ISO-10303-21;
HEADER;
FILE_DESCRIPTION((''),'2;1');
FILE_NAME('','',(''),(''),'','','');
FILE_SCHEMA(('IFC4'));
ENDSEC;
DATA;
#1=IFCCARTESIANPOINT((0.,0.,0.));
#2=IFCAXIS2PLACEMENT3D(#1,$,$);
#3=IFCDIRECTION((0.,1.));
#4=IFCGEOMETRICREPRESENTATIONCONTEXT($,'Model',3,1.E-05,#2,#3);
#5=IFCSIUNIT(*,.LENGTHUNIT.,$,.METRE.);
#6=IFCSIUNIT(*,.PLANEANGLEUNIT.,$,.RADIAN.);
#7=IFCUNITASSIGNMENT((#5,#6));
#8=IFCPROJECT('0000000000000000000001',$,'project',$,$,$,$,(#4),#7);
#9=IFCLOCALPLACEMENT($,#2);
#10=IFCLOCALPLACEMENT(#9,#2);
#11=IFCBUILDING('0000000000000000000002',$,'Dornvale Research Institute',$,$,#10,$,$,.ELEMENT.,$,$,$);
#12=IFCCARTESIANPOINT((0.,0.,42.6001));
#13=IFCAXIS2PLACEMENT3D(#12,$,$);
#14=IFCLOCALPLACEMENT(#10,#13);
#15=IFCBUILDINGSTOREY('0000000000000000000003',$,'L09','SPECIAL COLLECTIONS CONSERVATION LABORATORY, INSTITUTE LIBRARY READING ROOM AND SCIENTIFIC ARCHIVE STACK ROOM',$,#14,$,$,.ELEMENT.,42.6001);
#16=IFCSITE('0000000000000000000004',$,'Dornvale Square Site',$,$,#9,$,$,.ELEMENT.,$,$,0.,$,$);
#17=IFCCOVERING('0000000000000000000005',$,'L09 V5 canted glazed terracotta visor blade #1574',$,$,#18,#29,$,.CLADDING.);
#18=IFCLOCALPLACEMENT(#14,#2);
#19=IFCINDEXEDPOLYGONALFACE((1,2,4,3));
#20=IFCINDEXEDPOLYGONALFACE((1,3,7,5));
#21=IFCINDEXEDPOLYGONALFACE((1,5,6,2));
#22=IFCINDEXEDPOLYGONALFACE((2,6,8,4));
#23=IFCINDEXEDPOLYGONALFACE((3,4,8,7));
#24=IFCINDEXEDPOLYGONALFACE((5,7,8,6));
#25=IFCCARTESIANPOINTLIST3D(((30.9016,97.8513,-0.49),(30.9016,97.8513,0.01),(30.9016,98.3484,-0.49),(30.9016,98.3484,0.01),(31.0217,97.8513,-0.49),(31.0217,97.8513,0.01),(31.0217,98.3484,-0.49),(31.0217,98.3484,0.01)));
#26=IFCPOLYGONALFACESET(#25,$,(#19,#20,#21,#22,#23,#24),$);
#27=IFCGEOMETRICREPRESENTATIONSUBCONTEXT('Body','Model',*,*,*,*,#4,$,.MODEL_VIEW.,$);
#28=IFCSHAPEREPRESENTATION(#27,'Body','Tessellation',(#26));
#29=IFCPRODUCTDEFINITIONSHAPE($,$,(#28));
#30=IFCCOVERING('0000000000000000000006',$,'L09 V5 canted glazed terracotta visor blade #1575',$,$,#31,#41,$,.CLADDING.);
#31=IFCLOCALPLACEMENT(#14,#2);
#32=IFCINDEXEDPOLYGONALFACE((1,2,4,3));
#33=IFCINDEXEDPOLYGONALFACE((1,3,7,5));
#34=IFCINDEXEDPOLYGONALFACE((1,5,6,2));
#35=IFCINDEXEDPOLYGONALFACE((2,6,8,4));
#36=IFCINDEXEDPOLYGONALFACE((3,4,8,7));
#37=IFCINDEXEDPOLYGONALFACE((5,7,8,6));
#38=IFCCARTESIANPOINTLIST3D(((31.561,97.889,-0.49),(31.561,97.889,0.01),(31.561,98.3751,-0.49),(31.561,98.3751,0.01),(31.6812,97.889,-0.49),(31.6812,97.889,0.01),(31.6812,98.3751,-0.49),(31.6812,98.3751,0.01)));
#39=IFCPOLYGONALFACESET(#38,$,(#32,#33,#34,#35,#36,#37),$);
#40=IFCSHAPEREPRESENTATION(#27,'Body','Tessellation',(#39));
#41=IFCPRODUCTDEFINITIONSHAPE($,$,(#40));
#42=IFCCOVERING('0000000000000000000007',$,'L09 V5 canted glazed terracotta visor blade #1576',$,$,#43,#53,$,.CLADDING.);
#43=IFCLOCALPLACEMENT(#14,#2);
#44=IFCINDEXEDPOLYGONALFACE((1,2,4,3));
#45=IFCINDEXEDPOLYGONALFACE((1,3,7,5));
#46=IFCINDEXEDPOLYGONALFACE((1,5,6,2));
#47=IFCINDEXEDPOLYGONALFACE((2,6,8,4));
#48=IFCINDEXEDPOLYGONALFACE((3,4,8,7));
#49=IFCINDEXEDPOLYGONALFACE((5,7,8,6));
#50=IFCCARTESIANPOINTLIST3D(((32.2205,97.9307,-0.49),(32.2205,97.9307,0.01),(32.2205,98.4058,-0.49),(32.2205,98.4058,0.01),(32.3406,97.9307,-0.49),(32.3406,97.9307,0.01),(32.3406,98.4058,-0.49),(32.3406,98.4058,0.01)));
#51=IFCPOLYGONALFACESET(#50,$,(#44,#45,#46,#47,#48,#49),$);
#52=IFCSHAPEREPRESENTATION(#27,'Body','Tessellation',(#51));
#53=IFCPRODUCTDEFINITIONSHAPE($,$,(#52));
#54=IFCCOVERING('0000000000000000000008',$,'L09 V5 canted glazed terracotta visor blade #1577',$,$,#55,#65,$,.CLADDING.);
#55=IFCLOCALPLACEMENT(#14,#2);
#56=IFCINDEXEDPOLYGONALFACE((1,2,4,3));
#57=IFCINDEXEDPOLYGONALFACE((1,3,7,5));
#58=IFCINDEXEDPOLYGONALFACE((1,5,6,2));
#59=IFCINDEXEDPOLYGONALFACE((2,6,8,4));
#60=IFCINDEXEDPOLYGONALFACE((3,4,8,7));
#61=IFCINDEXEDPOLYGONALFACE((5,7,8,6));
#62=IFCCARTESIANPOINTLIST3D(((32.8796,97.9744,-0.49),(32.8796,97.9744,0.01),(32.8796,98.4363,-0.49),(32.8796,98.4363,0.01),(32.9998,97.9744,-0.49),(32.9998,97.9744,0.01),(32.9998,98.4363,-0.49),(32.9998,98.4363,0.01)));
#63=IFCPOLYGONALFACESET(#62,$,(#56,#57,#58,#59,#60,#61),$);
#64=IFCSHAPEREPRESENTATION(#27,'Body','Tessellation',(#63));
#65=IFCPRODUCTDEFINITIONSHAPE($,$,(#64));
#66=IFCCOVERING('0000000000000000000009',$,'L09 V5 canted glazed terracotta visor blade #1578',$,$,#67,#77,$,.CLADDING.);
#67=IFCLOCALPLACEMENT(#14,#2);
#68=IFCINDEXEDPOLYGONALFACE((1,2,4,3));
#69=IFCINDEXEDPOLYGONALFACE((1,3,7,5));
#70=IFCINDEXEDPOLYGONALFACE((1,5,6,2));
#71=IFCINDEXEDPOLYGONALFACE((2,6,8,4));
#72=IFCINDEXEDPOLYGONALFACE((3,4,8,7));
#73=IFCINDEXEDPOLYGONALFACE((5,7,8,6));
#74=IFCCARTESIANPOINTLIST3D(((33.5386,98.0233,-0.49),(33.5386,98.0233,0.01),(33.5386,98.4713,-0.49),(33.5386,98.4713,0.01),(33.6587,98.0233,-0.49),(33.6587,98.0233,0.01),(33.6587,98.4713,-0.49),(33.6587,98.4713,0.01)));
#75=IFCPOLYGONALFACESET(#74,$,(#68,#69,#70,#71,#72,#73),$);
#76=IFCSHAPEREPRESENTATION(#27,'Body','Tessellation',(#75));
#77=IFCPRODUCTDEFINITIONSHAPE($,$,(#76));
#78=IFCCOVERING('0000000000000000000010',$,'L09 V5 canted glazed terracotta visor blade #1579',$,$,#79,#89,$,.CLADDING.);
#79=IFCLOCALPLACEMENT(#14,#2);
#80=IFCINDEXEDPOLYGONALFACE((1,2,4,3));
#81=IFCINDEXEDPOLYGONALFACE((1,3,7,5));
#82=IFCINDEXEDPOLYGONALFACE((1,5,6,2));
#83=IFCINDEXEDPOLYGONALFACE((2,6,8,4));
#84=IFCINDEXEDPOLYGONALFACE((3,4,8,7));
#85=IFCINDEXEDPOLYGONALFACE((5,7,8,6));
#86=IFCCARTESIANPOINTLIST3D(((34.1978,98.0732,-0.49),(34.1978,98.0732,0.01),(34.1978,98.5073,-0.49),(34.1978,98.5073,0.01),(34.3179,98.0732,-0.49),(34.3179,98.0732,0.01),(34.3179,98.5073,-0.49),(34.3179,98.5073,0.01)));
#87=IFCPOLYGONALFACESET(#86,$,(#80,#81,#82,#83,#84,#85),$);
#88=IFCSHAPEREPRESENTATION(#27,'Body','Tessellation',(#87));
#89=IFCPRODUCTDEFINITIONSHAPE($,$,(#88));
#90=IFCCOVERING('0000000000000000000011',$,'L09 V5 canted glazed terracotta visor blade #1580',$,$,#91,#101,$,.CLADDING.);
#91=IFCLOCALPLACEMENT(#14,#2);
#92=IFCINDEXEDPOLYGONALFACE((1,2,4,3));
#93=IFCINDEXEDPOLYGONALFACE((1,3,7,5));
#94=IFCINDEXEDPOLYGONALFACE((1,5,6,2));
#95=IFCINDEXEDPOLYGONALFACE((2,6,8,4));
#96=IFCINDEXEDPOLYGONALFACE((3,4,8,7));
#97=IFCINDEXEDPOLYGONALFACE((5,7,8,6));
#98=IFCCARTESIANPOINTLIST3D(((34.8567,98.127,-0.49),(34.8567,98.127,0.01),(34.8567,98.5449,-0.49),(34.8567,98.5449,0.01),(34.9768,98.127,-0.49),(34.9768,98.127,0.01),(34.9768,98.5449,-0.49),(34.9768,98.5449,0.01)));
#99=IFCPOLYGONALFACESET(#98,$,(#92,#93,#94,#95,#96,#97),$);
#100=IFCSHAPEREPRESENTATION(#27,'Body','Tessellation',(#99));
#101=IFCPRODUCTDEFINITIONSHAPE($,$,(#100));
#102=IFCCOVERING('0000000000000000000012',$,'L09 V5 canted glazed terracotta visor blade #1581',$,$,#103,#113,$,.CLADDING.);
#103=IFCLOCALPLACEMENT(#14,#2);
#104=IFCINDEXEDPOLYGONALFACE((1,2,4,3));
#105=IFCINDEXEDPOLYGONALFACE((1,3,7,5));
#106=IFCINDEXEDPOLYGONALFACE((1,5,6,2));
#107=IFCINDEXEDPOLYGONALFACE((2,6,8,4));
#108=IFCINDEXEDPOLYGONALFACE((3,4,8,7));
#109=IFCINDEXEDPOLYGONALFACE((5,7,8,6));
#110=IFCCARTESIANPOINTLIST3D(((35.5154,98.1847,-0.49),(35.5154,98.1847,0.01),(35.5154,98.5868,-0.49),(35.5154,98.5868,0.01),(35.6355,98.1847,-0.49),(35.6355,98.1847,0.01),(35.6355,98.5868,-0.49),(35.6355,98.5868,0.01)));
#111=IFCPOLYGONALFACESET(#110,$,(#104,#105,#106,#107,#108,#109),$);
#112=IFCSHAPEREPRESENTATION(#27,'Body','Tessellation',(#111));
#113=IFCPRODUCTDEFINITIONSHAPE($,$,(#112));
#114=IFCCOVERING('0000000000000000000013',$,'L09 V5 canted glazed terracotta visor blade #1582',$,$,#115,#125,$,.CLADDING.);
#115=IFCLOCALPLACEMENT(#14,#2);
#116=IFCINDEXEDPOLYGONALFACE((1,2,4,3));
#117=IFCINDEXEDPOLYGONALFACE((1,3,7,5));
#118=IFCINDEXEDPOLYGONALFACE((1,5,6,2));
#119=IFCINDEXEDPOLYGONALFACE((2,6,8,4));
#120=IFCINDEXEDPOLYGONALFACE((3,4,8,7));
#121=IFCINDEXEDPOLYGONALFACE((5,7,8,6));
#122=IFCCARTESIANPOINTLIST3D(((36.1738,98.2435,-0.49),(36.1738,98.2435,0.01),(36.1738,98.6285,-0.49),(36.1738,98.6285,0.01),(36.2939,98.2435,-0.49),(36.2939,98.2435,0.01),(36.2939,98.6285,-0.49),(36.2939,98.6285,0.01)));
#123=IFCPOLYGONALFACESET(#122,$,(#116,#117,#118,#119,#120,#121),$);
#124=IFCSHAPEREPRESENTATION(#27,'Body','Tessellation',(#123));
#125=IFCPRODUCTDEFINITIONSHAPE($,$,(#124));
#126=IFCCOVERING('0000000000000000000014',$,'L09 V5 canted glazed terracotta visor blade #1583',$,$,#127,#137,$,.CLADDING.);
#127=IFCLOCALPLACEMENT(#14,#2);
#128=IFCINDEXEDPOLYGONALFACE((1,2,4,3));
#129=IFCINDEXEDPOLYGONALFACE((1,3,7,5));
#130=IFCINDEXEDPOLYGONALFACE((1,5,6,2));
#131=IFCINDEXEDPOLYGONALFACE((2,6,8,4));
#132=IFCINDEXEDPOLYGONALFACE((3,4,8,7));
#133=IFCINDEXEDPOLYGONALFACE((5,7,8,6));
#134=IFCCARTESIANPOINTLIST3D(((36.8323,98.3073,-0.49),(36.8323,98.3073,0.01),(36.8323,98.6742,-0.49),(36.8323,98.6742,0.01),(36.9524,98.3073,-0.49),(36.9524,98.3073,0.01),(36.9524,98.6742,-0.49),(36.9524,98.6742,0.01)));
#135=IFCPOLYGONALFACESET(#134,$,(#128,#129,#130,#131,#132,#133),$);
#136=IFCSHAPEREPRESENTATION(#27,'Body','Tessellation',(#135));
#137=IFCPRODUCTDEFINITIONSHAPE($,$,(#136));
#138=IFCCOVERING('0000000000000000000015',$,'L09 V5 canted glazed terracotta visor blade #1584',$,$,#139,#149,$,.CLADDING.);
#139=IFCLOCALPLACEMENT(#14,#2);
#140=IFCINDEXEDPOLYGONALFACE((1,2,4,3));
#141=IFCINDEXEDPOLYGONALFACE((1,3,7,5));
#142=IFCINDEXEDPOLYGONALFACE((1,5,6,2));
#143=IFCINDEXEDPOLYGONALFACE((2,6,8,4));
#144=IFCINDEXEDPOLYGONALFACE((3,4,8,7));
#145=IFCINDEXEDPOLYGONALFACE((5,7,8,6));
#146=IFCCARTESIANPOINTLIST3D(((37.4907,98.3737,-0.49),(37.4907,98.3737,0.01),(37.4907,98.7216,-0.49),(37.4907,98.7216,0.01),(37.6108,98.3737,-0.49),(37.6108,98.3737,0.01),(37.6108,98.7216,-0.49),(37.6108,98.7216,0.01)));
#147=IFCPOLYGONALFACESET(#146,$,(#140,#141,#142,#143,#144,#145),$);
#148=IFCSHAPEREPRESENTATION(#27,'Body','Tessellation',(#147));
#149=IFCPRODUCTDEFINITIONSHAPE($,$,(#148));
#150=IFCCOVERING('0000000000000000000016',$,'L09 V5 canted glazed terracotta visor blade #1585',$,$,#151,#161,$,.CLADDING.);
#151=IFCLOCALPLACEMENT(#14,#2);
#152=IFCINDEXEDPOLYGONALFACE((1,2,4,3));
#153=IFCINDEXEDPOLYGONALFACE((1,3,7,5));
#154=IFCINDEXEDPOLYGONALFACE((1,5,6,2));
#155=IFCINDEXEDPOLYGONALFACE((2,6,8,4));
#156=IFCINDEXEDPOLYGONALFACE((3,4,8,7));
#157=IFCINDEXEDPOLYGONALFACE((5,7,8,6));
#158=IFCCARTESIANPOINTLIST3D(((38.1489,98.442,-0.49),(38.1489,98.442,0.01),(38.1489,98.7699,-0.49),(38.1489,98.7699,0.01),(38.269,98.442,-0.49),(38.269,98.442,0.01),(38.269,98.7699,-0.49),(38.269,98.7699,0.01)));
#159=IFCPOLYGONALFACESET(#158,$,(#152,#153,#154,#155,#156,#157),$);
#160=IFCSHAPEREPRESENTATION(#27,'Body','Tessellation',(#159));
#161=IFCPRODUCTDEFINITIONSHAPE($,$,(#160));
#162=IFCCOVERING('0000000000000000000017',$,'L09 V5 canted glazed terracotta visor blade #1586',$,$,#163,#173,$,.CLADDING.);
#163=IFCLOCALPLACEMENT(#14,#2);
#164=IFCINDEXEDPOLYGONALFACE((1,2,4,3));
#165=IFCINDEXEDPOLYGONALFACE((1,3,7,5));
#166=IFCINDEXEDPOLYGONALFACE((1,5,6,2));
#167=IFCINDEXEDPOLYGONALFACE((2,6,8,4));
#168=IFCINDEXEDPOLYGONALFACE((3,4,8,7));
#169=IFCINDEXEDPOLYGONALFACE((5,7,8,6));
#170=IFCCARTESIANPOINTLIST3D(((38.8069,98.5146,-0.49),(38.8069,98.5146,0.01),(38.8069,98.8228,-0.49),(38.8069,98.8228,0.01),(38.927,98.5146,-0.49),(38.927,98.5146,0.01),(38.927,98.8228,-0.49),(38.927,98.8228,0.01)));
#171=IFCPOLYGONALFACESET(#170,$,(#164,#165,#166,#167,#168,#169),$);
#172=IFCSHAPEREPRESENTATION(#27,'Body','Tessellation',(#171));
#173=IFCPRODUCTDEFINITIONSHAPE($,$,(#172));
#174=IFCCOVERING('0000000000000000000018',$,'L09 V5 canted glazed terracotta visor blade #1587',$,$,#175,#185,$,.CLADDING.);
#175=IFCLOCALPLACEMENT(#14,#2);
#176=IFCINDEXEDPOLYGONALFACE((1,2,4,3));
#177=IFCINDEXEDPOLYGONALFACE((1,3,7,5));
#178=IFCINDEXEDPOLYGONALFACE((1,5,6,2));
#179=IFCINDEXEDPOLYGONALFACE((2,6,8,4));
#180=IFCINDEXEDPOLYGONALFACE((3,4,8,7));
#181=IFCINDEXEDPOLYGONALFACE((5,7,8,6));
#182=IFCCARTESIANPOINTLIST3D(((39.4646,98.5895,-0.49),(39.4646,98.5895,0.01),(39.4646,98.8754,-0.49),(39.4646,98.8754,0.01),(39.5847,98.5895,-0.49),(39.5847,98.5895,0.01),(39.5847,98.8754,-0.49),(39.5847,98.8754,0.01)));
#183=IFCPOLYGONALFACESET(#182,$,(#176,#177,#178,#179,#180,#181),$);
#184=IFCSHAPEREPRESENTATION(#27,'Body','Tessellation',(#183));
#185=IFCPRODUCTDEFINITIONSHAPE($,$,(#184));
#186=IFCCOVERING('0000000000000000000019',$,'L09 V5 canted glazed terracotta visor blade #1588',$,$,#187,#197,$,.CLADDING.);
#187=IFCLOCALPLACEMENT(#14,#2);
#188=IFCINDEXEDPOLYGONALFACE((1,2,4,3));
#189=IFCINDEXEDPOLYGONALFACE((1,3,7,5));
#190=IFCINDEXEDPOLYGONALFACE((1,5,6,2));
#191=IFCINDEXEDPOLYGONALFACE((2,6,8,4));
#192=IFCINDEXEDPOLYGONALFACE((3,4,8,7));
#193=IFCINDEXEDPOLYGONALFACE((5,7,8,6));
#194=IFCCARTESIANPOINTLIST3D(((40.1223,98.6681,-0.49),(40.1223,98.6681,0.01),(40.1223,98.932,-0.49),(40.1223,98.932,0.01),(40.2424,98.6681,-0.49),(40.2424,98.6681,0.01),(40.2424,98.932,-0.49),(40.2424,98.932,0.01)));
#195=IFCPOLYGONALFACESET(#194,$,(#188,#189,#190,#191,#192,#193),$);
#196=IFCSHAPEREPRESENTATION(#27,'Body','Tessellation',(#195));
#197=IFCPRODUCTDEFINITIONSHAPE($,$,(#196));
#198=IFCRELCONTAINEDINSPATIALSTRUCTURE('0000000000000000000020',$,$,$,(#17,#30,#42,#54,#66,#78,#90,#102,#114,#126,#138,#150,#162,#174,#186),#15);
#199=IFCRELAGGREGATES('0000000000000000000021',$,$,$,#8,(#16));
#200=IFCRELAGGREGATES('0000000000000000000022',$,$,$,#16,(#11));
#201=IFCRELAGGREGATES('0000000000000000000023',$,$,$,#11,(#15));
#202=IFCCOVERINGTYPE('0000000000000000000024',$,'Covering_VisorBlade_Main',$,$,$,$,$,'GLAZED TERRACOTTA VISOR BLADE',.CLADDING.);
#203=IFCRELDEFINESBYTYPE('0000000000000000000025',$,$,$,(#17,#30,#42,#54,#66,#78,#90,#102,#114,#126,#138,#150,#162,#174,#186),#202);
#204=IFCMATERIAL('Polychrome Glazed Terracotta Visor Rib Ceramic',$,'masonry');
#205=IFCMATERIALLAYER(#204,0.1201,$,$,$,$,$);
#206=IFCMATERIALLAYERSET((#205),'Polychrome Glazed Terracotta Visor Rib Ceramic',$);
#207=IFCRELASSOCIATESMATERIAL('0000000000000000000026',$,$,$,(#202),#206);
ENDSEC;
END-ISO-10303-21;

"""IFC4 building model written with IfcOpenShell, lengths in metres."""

from ifc_helpers import new_model, si_unit, direction, frame, origin, origin_2d, place, context, subcontext, project, spatial, rectangle, extrude, material, layer, layer_set, type_object, element, save


model = new_model("IFC4")

# Units and contexts
model_context = context("Model", 3, precision=1e-05, world=origin(), true_north=direction((0.0, 1.0)))
body_context = subcontext(model_context, "Body", "Model", "MODEL_VIEW")
ifc_project = project(units=[si_unit("LENGTHUNIT", "METRE"), si_unit("PLANEANGLEUNIT", "RADIAN")], contexts=[model_context])

# Site, building, storey
site_placement = place(None, origin())
site = spatial("IfcSite", under=ifc_project, at=site_placement, Name="Dornvale Square Site", CompositionType="ELEMENT", RefElevation=0.0)
building_placement = place(site_placement, origin())
building = spatial("IfcBuilding", under=site, at=building_placement, Name="Dornvale Research Institute", CompositionType="ELEMENT")
storey_placement = place(building_placement, frame((0.0, 0.0, 42.6001)))
storey = spatial("IfcBuildingStorey", under=building, at=storey_placement, Name="L09", Description="SPECIAL COLLECTIONS CONSERVATION LABORATORY, INSTITUTE LIBRARY READING ROOM AND SCIENTIFIC ARCHIVE STACK ROOM", CompositionType="ELEMENT", Elevation=42.6001)

# Coverings
ifc_material = material(Name="Polychrome Glazed Terracotta Visor Rib Ceramic", Category="masonry")
ifc_layer = layer(ifc_material, 0.1201)
ifc_layer_set = layer_set([ifc_layer], Name="Polychrome Glazed Terracotta Visor Rib Ceramic")
covering_type = type_object("IfcCoveringType", Name="Covering_VisorBlade_Main", ElementType="GLAZED TERRACOTTA VISOR BLADE", PredefinedType="CLADDING", material=ifc_layer_set)
covering_1_placement = place(storey_placement, frame((30.9617, 98.0999, -0.49), z_axis=(0.0, 0.0, 1.0), x_axis=(0.0, 1.0, 0.0)))
element("IfcCovering", 1, at=covering_1_placement, inside=storey, type_object=covering_type, Name="L09 V5 canted glazed terracotta visor blade #1574", PredefinedType="CLADDING", context=body_context, shape_type="SweptSolid", body=[
    extrude(rectangle(XDim=0.4971, YDim=0.1201, at=origin_2d()), origin(), (0.0, 0.0, 1.0), 0.5),
])
covering_2_placement = place(storey_placement, frame((31.6211, 98.1321, -0.49), z_axis=(0.0, 0.0, 1.0), x_axis=(0.0, 1.0, 0.0)))
element("IfcCovering", 2, at=covering_2_placement, inside=storey, type_object=covering_type, Name="L09 V5 canted glazed terracotta visor blade #1575", PredefinedType="CLADDING", context=body_context, shape_type="SweptSolid", body=[
    extrude(rectangle(XDim=0.4861, YDim=0.1201, at=origin_2d()), origin(), (0.0, 0.0, 1.0), 0.5),
])
covering_3_placement = place(storey_placement, frame((32.2805, 98.1682, -0.49), z_axis=(0.0, 0.0, 1.0), x_axis=(0.0, 1.0, 0.0)))
element("IfcCovering", 3, at=covering_3_placement, inside=storey, type_object=covering_type, Name="L09 V5 canted glazed terracotta visor blade #1576", PredefinedType="CLADDING", context=body_context, shape_type="SweptSolid", body=[
    extrude(rectangle(XDim=0.4751, YDim=0.1201, at=origin_2d()), origin(), (0.0, 0.0, 1.0), 0.5),
])
covering_4_placement = place(storey_placement, frame((32.9397, 98.2053, -0.49), z_axis=(0.0, 0.0, 1.0), x_axis=(0.0, 1.0, 0.0)))
element("IfcCovering", 4, at=covering_4_placement, inside=storey, type_object=covering_type, Name="L09 V5 canted glazed terracotta visor blade #1577", PredefinedType="CLADDING", context=body_context, shape_type="SweptSolid", body=[
    extrude(rectangle(XDim=0.4619, YDim=0.1201, at=origin_2d()), origin(), (0.0, 0.0, 1.0), 0.5),
])
covering_5_placement = place(storey_placement, frame((33.5986, 98.2473, -0.49), z_axis=(0.0, 0.0, 1.0), x_axis=(0.0, 1.0, 0.0)))
element("IfcCovering", 5, at=covering_5_placement, inside=storey, type_object=covering_type, Name="L09 V5 canted glazed terracotta visor blade #1578", PredefinedType="CLADDING", context=body_context, shape_type="SweptSolid", body=[
    extrude(rectangle(XDim=0.448, YDim=0.1201, at=origin_2d()), origin(), (0.0, 0.0, 1.0), 0.5),
])
covering_6_placement = place(storey_placement, frame((34.2578, 98.2903, -0.49), z_axis=(0.0, 0.0, 1.0), x_axis=(0.0, 1.0, 0.0)))
element("IfcCovering", 6, at=covering_6_placement, inside=storey, type_object=covering_type, Name="L09 V5 canted glazed terracotta visor blade #1579", PredefinedType="CLADDING", context=body_context, shape_type="SweptSolid", body=[
    extrude(rectangle(XDim=0.4341, YDim=0.1201, at=origin_2d()), origin(), (0.0, 0.0, 1.0), 0.5),
])
covering_7_placement = place(storey_placement, frame((34.9167, 98.3359, -0.49), z_axis=(0.0, 0.0, 1.0), x_axis=(0.0, 1.0, 0.0)))
element("IfcCovering", 7, at=covering_7_placement, inside=storey, type_object=covering_type, Name="L09 V5 canted glazed terracotta visor blade #1580", PredefinedType="CLADDING", context=body_context, shape_type="SweptSolid", body=[
    extrude(rectangle(XDim=0.418, YDim=0.1201, at=origin_2d()), origin(), (0.0, 0.0, 1.0), 0.5),
])
covering_8_placement = place(storey_placement, frame((35.5754, 98.3857, -0.49), z_axis=(0.0, 0.0, 1.0), x_axis=(0.0, 1.0, 0.0)))
element("IfcCovering", 8, at=covering_8_placement, inside=storey, type_object=covering_type, Name="L09 V5 canted glazed terracotta visor blade #1581", PredefinedType="CLADDING", context=body_context, shape_type="SweptSolid", body=[
    extrude(rectangle(XDim=0.4021, YDim=0.1201, at=origin_2d()), origin(), (0.0, 0.0, 1.0), 0.5),
])
covering_9_placement = place(storey_placement, frame((36.2339, 98.436, -0.49), z_axis=(0.0, 0.0, 1.0), x_axis=(0.0, 1.0, 0.0)))
element("IfcCovering", 9, at=covering_9_placement, inside=storey, type_object=covering_type, Name="L09 V5 canted glazed terracotta visor blade #1582", PredefinedType="CLADDING", context=body_context, shape_type="SweptSolid", body=[
    extrude(rectangle(XDim=0.385, YDim=0.1201, at=origin_2d()), origin(), (0.0, 0.0, 1.0), 0.5),
])
covering_10_placement = place(storey_placement, frame((36.8923, 98.4907, -0.49), z_axis=(0.0, 0.0, 1.0), x_axis=(0.0, 1.0, 0.0)))
element("IfcCovering", 10, at=covering_10_placement, inside=storey, type_object=covering_type, Name="L09 V5 canted glazed terracotta visor blade #1583", PredefinedType="CLADDING", context=body_context, shape_type="SweptSolid", body=[
    extrude(rectangle(XDim=0.3669, YDim=0.1201, at=origin_2d()), origin(), (0.0, 0.0, 1.0), 0.5),
])
covering_11_placement = place(storey_placement, frame((37.5508, 98.5476, -0.49), z_axis=(0.0, 0.0, 1.0), x_axis=(0.0, 1.0, 0.0)))
element("IfcCovering", 11, at=covering_11_placement, inside=storey, type_object=covering_type, Name="L09 V5 canted glazed terracotta visor blade #1584", PredefinedType="CLADDING", context=body_context, shape_type="SweptSolid", body=[
    extrude(rectangle(XDim=0.3479, YDim=0.1201, at=origin_2d()), origin(), (0.0, 0.0, 1.0), 0.5),
])
covering_12_placement = place(storey_placement, frame((38.209, 98.606, -0.49), z_axis=(0.0, 0.0, 1.0), x_axis=(0.0, 1.0, 0.0)))
element("IfcCovering", 12, at=covering_12_placement, inside=storey, type_object=covering_type, Name="L09 V5 canted glazed terracotta visor blade #1585", PredefinedType="CLADDING", context=body_context, shape_type="SweptSolid", body=[
    extrude(rectangle(XDim=0.3279, YDim=0.1201, at=origin_2d()), origin(), (0.0, 0.0, 1.0), 0.5),
])
covering_13_placement = place(storey_placement, frame((38.8669, 98.6687, -0.49), z_axis=(0.0, 0.0, 1.0), x_axis=(0.0, 1.0, 0.0)))
element("IfcCovering", 13, at=covering_13_placement, inside=storey, type_object=covering_type, Name="L09 V5 canted glazed terracotta visor blade #1586", PredefinedType="CLADDING", context=body_context, shape_type="SweptSolid", body=[
    extrude(rectangle(XDim=0.3081, YDim=0.1201, at=origin_2d()), origin(), (0.0, 0.0, 1.0), 0.5),
])
covering_14_placement = place(storey_placement, frame((39.5247, 98.7324, -0.49), z_axis=(0.0, 0.0, 1.0), x_axis=(0.0, 1.0, 0.0)))
element("IfcCovering", 14, at=covering_14_placement, inside=storey, type_object=covering_type, Name="L09 V5 canted glazed terracotta visor blade #1587", PredefinedType="CLADDING", context=body_context, shape_type="SweptSolid", body=[
    extrude(rectangle(XDim=0.2859, YDim=0.1201, at=origin_2d()), origin(), (0.0, 0.0, 1.0), 0.5),
])
covering_15_placement = place(storey_placement, frame((40.1824, 98.8, -0.49), z_axis=(0.0, 0.0, 1.0), x_axis=(0.0, 1.0, 0.0)))
element("IfcCovering", 15, at=covering_15_placement, inside=storey, type_object=covering_type, Name="L09 V5 canted glazed terracotta visor blade #1588", PredefinedType="CLADDING", context=body_context, shape_type="SweptSolid", body=[
    extrude(rectangle(XDim=0.2639, YDim=0.1201, at=origin_2d()), origin(), (0.0, 0.0, 1.0), 0.5),
])

save(model, "model.ifc")
